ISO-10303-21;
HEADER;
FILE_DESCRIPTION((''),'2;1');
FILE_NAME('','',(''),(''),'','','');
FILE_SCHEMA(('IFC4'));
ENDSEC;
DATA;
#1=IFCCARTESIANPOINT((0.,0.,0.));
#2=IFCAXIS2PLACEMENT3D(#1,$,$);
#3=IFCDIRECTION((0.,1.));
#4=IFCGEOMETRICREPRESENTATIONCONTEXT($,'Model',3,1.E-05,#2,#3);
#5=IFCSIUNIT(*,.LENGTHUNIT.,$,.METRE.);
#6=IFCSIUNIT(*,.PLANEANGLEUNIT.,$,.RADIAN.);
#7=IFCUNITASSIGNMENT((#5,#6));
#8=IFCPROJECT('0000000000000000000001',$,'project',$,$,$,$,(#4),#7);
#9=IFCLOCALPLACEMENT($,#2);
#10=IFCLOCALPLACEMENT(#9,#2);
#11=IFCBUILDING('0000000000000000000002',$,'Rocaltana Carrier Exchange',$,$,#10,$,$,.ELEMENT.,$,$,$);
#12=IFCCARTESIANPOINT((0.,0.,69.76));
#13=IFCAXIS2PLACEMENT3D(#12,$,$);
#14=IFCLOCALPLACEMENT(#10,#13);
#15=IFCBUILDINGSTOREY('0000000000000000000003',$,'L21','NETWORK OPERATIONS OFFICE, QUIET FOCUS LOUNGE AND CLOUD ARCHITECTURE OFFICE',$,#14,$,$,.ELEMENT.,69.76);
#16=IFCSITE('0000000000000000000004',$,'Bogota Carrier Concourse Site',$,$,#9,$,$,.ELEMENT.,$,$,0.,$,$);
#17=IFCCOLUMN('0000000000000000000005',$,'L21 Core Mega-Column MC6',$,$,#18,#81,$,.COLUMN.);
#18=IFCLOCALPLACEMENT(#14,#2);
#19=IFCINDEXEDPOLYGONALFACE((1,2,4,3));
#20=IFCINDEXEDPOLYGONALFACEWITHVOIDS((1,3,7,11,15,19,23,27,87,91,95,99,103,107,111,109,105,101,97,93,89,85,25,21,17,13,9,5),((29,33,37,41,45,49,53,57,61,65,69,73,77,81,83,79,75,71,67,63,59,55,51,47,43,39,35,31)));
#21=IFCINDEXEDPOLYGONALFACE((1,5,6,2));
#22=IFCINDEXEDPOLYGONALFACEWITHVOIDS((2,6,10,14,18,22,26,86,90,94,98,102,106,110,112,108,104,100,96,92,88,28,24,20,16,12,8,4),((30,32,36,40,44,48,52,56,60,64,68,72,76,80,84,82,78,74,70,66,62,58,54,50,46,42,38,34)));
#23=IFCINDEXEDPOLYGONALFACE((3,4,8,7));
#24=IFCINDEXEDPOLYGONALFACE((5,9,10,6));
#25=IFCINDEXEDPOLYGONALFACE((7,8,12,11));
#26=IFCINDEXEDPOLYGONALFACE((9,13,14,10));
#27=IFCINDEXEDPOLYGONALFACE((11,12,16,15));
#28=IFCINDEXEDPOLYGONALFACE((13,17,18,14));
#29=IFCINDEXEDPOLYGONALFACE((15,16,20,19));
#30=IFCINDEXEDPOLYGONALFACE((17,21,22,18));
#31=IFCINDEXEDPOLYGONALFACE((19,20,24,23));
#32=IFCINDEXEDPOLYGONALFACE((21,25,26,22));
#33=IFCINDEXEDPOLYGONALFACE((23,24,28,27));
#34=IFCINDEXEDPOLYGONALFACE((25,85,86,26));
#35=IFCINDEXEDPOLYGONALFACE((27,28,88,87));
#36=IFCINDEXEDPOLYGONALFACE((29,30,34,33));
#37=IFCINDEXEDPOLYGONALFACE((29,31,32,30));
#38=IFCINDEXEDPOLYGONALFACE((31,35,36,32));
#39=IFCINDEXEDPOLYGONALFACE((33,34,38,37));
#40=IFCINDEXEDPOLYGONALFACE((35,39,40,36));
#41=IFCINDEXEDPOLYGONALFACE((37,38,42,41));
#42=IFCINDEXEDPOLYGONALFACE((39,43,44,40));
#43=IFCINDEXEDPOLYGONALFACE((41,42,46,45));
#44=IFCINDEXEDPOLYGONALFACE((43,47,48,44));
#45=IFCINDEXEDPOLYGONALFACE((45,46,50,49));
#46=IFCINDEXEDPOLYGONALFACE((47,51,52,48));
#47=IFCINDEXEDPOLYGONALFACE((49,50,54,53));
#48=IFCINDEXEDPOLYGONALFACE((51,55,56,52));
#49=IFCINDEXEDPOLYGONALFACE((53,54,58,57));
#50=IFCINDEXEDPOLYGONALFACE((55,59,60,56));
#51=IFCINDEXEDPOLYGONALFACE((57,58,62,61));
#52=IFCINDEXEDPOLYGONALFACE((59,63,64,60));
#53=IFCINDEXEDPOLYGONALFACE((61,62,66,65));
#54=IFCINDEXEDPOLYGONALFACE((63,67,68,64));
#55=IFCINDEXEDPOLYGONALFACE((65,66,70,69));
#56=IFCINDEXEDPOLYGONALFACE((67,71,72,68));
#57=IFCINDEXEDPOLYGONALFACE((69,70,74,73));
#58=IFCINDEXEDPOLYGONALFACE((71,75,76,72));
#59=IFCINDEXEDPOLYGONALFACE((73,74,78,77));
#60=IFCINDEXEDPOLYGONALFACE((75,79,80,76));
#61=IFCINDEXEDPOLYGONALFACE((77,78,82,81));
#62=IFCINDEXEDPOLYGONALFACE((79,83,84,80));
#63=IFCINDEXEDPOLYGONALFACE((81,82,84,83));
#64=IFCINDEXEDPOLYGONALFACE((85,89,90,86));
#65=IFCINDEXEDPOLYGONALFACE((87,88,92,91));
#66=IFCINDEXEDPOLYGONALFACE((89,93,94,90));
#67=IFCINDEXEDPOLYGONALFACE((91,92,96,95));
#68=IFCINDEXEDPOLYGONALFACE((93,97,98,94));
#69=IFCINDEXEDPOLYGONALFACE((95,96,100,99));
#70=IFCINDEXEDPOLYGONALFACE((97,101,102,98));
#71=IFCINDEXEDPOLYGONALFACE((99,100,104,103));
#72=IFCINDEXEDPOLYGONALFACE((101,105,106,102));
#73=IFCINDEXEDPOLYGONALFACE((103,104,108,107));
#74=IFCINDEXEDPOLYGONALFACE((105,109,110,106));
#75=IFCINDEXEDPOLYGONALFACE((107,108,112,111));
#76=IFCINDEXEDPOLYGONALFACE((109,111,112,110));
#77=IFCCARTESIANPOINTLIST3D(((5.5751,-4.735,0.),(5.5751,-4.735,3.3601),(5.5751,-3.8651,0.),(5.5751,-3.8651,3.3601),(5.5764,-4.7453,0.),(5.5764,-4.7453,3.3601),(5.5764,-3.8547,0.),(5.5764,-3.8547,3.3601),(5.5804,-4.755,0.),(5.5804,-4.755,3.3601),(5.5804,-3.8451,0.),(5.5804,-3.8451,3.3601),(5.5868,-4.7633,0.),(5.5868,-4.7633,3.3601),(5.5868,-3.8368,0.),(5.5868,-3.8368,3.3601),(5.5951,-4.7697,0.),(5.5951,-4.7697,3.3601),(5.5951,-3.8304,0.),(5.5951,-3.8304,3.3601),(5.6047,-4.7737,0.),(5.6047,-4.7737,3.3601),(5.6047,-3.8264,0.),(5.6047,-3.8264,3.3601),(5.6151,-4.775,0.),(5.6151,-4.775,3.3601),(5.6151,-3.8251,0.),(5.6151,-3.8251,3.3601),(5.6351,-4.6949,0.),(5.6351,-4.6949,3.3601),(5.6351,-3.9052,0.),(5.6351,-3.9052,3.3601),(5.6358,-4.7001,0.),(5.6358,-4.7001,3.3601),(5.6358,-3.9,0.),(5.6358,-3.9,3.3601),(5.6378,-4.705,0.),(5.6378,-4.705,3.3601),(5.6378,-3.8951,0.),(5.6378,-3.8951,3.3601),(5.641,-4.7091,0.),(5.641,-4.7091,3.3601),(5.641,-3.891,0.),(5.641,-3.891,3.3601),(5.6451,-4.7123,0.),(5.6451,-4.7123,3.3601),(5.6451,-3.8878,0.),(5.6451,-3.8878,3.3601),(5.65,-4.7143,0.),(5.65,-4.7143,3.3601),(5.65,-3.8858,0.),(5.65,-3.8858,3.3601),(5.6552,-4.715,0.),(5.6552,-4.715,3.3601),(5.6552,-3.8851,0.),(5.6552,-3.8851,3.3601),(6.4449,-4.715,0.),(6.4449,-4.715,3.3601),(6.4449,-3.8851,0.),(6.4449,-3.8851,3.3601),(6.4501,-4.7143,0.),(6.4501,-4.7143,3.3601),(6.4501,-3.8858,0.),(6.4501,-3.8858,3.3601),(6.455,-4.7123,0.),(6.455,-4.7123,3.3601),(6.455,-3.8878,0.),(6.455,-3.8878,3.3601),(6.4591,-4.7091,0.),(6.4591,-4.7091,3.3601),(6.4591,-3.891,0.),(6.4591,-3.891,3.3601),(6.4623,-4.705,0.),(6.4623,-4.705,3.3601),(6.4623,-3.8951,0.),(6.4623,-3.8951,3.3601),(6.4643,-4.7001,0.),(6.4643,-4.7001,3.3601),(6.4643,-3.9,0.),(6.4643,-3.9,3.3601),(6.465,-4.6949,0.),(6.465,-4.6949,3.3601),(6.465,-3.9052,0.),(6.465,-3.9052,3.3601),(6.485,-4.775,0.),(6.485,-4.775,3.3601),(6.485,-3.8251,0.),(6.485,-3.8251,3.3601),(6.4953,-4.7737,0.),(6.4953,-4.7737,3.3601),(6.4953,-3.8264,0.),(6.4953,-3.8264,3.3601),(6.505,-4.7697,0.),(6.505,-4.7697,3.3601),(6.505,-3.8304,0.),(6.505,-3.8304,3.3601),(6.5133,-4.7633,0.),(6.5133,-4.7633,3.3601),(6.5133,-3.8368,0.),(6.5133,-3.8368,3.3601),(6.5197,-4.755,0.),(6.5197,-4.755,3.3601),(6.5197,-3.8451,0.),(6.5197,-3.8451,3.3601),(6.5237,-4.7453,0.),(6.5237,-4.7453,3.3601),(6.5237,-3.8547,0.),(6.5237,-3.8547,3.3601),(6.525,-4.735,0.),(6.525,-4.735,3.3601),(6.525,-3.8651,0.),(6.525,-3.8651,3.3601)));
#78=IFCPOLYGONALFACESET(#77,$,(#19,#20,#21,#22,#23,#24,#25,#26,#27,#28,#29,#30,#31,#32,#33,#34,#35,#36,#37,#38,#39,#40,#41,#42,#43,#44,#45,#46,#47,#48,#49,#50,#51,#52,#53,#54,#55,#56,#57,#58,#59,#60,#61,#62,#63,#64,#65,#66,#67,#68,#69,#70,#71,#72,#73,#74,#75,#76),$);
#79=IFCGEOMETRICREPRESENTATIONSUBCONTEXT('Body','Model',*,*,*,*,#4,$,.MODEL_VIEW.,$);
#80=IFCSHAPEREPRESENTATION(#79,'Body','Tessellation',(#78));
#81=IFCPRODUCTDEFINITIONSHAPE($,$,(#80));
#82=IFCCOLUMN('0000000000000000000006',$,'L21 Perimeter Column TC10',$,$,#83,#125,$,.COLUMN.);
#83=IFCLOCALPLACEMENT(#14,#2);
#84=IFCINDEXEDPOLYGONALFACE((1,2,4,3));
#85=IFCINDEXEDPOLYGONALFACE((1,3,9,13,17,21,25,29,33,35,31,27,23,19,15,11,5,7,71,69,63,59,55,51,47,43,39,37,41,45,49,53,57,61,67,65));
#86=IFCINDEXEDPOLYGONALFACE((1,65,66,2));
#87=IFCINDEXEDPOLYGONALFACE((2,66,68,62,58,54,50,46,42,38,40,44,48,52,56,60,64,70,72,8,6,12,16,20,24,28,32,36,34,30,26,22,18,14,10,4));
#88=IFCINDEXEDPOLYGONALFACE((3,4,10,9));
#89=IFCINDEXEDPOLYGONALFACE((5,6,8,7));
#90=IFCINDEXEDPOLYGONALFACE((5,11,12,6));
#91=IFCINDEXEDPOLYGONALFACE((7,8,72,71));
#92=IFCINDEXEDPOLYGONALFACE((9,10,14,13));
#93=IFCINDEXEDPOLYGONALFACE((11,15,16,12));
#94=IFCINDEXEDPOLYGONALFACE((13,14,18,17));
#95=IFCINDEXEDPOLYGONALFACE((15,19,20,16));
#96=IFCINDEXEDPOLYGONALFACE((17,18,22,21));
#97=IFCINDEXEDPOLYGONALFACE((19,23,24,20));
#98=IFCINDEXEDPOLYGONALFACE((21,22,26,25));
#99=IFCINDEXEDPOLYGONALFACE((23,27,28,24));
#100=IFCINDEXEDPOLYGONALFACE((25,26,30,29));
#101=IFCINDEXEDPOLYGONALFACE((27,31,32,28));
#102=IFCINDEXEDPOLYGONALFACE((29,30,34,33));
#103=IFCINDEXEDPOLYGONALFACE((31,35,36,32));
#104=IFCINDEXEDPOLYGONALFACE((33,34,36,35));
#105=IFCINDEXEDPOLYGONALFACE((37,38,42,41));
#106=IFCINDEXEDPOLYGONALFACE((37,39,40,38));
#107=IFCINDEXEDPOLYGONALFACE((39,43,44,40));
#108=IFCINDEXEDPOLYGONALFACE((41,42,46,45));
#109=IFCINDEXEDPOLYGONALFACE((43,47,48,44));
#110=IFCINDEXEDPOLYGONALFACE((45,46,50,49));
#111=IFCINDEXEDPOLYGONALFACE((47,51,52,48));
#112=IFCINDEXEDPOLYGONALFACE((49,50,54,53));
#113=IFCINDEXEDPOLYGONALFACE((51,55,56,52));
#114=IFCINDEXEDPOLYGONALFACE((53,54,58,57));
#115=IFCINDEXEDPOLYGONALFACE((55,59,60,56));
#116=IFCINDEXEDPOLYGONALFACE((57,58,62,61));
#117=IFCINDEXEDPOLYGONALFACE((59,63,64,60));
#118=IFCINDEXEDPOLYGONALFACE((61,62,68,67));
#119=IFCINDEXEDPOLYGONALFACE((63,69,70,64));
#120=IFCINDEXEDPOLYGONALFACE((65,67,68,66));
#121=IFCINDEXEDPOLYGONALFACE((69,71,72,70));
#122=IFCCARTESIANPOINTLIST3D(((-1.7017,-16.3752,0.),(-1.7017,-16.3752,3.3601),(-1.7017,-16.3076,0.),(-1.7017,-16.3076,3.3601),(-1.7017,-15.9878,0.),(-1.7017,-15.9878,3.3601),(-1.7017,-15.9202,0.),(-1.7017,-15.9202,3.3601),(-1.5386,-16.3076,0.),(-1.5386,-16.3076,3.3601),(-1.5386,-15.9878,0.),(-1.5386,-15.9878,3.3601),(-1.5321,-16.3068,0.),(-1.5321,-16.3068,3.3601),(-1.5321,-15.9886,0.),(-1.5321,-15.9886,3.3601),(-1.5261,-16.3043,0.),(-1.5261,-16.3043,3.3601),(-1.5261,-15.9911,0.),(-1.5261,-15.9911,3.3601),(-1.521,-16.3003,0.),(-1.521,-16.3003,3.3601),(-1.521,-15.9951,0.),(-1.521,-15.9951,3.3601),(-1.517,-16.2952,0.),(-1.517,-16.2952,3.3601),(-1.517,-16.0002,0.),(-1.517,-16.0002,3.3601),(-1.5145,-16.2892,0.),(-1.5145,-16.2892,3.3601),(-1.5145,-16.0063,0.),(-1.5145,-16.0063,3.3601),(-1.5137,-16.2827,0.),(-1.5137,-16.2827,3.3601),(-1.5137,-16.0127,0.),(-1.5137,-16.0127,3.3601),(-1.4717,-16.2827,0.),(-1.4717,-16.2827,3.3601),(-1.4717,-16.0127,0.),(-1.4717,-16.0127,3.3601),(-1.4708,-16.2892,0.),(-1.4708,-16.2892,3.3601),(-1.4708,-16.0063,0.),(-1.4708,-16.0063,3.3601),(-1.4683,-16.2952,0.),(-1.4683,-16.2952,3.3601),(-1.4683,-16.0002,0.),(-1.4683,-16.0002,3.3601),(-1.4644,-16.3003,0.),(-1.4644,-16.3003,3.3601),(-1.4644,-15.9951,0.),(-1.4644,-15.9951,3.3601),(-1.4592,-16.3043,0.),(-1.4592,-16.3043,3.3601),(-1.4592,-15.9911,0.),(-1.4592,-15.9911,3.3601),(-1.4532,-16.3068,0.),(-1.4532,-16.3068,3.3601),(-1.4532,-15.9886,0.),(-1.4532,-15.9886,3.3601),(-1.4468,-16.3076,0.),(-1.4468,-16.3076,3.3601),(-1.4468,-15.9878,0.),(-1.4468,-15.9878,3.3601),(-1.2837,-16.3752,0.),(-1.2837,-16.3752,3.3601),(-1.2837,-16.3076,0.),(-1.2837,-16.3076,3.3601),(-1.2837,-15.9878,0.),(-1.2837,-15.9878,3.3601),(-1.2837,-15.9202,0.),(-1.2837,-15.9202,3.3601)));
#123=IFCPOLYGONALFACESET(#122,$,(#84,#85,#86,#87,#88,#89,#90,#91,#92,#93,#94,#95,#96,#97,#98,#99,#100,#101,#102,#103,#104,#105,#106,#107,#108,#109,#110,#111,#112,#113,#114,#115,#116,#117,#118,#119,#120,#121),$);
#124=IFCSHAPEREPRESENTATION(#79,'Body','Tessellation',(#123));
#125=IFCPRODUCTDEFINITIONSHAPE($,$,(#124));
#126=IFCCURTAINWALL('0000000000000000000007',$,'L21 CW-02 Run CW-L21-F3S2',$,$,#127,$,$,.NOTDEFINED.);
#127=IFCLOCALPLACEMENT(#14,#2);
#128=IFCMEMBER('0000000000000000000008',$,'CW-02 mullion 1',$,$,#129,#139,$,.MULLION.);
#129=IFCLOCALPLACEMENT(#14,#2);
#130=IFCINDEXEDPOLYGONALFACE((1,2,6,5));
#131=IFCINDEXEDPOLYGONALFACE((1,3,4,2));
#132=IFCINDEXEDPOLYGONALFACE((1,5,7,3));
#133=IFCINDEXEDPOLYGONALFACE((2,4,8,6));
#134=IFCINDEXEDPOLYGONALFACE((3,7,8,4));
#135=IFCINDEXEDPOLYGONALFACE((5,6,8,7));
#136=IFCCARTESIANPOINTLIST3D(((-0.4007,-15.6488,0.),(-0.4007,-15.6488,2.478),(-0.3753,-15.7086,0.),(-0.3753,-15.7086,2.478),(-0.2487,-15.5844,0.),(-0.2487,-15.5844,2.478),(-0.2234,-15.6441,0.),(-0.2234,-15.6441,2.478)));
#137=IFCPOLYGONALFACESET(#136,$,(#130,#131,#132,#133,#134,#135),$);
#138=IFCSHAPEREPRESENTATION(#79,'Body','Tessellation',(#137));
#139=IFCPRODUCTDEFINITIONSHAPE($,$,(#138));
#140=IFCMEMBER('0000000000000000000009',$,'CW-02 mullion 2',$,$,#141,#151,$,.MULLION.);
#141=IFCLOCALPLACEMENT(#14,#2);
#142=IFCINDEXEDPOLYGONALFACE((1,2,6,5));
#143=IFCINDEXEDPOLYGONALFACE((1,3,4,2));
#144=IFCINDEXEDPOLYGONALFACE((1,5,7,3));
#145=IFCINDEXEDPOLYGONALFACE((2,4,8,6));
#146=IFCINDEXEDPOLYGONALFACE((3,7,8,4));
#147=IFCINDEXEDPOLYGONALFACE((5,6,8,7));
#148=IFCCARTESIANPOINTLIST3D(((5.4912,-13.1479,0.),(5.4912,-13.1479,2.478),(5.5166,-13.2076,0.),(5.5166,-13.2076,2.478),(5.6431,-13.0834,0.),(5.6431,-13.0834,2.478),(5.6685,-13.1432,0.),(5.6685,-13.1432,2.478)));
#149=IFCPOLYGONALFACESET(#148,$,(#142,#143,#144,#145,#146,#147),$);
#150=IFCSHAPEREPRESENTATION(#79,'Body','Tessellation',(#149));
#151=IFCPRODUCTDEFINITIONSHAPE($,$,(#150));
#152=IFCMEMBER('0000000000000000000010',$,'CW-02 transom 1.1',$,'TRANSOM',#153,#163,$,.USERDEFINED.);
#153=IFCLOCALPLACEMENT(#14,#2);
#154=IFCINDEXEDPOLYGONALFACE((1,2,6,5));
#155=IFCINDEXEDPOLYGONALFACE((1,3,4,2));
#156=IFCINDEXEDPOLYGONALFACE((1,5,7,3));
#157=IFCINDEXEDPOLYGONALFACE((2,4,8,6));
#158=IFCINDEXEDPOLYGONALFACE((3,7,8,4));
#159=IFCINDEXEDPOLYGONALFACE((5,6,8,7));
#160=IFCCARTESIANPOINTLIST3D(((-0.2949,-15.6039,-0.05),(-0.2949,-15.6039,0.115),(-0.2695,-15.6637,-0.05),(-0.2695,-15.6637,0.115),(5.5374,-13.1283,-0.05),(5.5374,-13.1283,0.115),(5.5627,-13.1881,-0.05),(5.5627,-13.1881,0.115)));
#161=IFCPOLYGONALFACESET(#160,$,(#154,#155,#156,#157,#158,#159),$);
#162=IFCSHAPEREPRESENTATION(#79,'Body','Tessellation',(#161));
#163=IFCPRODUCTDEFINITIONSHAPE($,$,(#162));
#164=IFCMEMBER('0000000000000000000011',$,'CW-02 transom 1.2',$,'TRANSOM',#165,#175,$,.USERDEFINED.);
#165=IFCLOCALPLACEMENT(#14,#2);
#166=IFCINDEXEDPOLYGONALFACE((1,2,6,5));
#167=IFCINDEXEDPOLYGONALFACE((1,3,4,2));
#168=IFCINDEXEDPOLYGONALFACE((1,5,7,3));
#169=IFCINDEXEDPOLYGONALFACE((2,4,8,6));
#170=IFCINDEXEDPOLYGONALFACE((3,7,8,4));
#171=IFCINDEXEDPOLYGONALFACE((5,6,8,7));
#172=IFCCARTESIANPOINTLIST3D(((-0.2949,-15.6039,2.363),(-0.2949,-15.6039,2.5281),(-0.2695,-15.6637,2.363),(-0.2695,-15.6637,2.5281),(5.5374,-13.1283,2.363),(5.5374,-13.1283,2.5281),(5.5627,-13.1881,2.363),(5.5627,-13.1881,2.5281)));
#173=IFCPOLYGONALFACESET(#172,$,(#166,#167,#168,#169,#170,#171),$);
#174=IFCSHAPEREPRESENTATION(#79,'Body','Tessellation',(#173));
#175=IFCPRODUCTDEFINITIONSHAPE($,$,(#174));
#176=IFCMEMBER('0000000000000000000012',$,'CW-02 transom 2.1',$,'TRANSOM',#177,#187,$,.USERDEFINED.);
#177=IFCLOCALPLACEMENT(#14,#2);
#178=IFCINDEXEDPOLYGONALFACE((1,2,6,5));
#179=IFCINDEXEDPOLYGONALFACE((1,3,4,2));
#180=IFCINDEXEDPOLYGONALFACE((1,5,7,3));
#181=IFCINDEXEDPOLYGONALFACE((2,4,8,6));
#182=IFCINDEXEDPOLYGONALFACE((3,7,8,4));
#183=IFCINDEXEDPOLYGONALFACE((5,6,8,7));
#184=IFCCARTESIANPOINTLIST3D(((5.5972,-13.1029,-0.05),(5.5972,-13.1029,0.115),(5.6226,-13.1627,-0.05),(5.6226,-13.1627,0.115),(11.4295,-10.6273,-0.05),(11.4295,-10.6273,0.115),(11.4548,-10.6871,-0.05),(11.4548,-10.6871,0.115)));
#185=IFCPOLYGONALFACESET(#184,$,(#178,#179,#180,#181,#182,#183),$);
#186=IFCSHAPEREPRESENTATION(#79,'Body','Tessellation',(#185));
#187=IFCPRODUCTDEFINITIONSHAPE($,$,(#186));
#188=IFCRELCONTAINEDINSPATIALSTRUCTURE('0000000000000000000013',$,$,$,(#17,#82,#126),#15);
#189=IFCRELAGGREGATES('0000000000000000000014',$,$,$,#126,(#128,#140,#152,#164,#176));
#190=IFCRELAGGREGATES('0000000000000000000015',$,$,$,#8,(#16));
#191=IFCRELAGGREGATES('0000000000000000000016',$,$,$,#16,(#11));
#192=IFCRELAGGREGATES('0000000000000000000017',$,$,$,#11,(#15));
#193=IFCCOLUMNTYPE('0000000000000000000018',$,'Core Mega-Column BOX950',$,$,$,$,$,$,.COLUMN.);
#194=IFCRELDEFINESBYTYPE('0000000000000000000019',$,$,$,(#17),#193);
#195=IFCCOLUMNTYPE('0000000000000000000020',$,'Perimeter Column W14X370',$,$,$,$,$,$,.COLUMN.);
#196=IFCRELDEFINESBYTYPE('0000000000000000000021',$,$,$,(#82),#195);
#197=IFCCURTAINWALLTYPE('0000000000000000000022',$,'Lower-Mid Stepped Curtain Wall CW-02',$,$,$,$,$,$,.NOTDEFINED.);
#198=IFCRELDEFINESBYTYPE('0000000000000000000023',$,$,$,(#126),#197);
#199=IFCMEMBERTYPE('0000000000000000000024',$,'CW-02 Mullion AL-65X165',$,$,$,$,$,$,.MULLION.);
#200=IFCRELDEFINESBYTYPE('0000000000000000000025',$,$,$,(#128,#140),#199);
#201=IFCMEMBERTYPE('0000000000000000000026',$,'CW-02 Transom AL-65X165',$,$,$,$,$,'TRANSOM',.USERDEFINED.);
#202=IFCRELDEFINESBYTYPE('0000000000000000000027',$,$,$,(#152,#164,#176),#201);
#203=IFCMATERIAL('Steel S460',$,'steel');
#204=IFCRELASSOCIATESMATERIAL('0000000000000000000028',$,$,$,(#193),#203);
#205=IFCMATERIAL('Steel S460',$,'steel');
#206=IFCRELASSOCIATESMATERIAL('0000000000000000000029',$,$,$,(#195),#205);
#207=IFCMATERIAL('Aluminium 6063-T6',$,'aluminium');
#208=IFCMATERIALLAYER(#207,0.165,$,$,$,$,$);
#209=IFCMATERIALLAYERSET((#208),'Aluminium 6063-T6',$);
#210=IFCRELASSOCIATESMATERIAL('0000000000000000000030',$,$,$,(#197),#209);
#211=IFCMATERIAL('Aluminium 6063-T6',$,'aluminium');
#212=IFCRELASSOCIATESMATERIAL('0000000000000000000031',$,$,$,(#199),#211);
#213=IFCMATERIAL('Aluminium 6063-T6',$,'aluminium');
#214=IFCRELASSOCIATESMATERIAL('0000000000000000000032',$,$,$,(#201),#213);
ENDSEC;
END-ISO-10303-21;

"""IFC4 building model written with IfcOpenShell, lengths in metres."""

from ifc_helpers import new_model, si_unit, direction, frame, origin, origin_2d, place, context, subcontext, project, spatial, rectangle, hollow_rectangle, i_section, extrude, material, layer, layer_set, material_profile, profile_set, type_object, element, aggregate, save


model = new_model("IFC4")

# Units and contexts
model_context = context("Model", 3, precision=1e-05, world=origin(), true_north=direction((0.0, 1.0)))
body_context = subcontext(model_context, "Body", "Model", "MODEL_VIEW")
ifc_project = project(units=[si_unit("LENGTHUNIT", "METRE"), si_unit("PLANEANGLEUNIT", "RADIAN")], contexts=[model_context])

# Site, building, storey
site_placement = place(None, origin())
site = spatial("IfcSite", under=ifc_project, at=site_placement, Name="Bogota Carrier Concourse Site", CompositionType="ELEMENT", RefElevation=0.0)
building_placement = place(site_placement, origin())
building = spatial("IfcBuilding", under=site, at=building_placement, Name="Rocaltana Carrier Exchange", CompositionType="ELEMENT")
storey_placement = place(building_placement, frame((0.0, 0.0, 69.76)))
storey = spatial("IfcBuildingStorey", under=building, at=storey_placement, Name="L21", Description="NETWORK OPERATIONS OFFICE, QUIET FOCUS LOUNGE AND CLOUD ARCHITECTURE OFFICE", CompositionType="ELEMENT", Elevation=69.76)

# Columns
ifc_material_1 = material(Name="Steel S460", Category="steel")
ifc_material_profile_1 = material_profile(ifc_material_1, hollow_rectangle(XDim=0.95, YDim=0.95, WallThickness=0.0601, InnerFilletRadius=0.02, OuterFilletRadius=0.04, at=origin_2d()), Name="BOX950X950X60")
ifc_profile_set_1 = profile_set([ifc_material_profile_1], Name="Steel S460")
column_type_1 = type_object("IfcColumnType", Name="Core Mega-Column BOX950", PredefinedType="COLUMN", material=ifc_profile_set_1)
column_1_placement = place(storey_placement, frame((6.05, -4.3, 0.0), z_axis=(0.0, 0.0, 1.0), x_axis=(1.0, 0.0, 0.0)))
element("IfcColumn", 1, at=column_1_placement, inside=storey, type_object=column_type_1, Name="L21 Core Mega-Column MC6", PredefinedType="COLUMN", context=body_context, shape_type="SweptSolid", body=[
    extrude(hollow_rectangle(XDim=0.95, YDim=0.95, WallThickness=0.0601, InnerFilletRadius=0.02, OuterFilletRadius=0.04, at=origin_2d()), origin(), (0.0, 0.0, 1.0), 3.3601),
])
ifc_material_2 = material(Name="Steel S460", Category="steel")
ifc_material_profile_2 = material_profile(ifc_material_2, i_section(OverallWidth=0.418, OverallDepth=0.4551, WebThickness=0.042, FlangeThickness=0.0676, FilletRadius=0.0249, at=origin_2d()), Name="W14X370")
ifc_profile_set_2 = profile_set([ifc_material_profile_2], Name="Steel S460")
column_type_2 = type_object("IfcColumnType", Name="Perimeter Column W14X370", PredefinedType="COLUMN", material=ifc_profile_set_2)
column_2_placement = place(storey_placement, frame((-1.4927, -16.1477, 0.0), z_axis=(0.0, 0.0, 1.0), x_axis=(1.0, 0.0, 0.0)))
element("IfcColumn", 2, at=column_2_placement, inside=storey, type_object=column_type_2, Name="L21 Perimeter Column TC10", PredefinedType="COLUMN", context=body_context, shape_type="SweptSolid", body=[
    extrude(i_section(OverallWidth=0.418, OverallDepth=0.4551, WebThickness=0.042, FlangeThickness=0.0676, FilletRadius=0.0249, at=origin_2d()), origin(), (0.0, 0.0, 1.0), 3.3601),
])

# Curtain wall, members
ifc_material_3 = material(Name="Aluminium 6063-T6", Category="aluminium")
ifc_layer_1 = layer(ifc_material_3, 0.165)
ifc_layer_set_1 = layer_set([ifc_layer_1], Name="Aluminium 6063-T6")
curtain_wall_type = type_object("IfcCurtainWallType", Name="Lower-Mid Stepped Curtain Wall CW-02", PredefinedType="NOTDEFINED", material=ifc_layer_set_1)
curtain_wall_placement = place(storey_placement, origin())
curtain_wall = element("IfcCurtainWall", 3, at=curtain_wall_placement, inside=storey, type_object=curtain_wall_type, Name="L21 CW-02 Run CW-L21-F3S2", PredefinedType="NOTDEFINED")
ifc_material_4 = material(Name="Aluminium 6063-T6", Category="aluminium")
ifc_material_profile_3 = material_profile(ifc_material_4, rectangle(XDim=0.0649, YDim=0.165, at=origin_2d()), Name="AL-65X165")
ifc_profile_set_3 = profile_set([ifc_material_profile_3], Name="Aluminium 6063-T6")
member_type_1 = type_object("IfcMemberType", Name="CW-02 Mullion AL-65X165", PredefinedType="MULLION", material=ifc_profile_set_3)
member_1_placement = place(storey_placement, frame((-0.312, -15.6465, 0.0), z_axis=(0.0, 0.0, 1.0), x_axis=(-0.390729, 0.920506, 0.0)))
member_1 = element("IfcMember", 4, at=member_1_placement, type_object=member_type_1, Name="CW-02 mullion 1", PredefinedType="MULLION", context=body_context, shape_type="SweptSolid", body=[
    extrude(rectangle(XDim=0.0649, YDim=0.165, at=origin_2d()), origin(), (0.0, 0.0, 1.0), 2.478),
])
member_2_placement = place(storey_placement, frame((5.5798, -13.1455, 0.0), z_axis=(0.0, 0.0, 1.0), x_axis=(-0.390729, 0.920506, 0.0)))
member_2 = element("IfcMember", 5, at=member_2_placement, type_object=member_type_1, Name="CW-02 mullion 2", PredefinedType="MULLION", context=body_context, shape_type="SweptSolid", body=[
    extrude(rectangle(XDim=0.0649, YDim=0.165, at=origin_2d()), origin(), (0.0, 0.0, 1.0), 2.478),
])
ifc_material_5 = material(Name="Aluminium 6063-T6", Category="aluminium")
ifc_material_profile_4 = material_profile(ifc_material_5, rectangle(XDim=0.0649, YDim=0.165, at=origin_2d()), Name="AL-65X165")
ifc_profile_set_4 = profile_set([ifc_material_profile_4], Name="Aluminium 6063-T6")
member_type_2 = type_object("IfcMemberType", Name="CW-02 Transom AL-65X165", ElementType="TRANSOM", PredefinedType="USERDEFINED", material=ifc_profile_set_4)
member_3_placement = place(storey_placement, frame((-0.2822, -15.6338, 0.0325), z_axis=(0.920509, 0.390722, 0.0), x_axis=(-0.390722, 0.920509, 0.0)))
member_3 = element("IfcMember", 6, at=member_3_placement, type_object=member_type_2, Name="CW-02 transom 1.1", ObjectType="TRANSOM", PredefinedType="USERDEFINED", context=body_context, shape_type="SweptSolid", body=[
    extrude(rectangle(XDim=0.0649, YDim=0.165, at=origin_2d()), origin(), (0.0, 0.0, 1.0), 6.3359),
])
member_4_placement = place(storey_placement, frame((-0.2822, -15.6338, 2.4456), z_axis=(0.920509, 0.390722, 0.0), x_axis=(-0.390722, 0.920509, 0.0)))
member_4 = element("IfcMember", 7, at=member_4_placement, type_object=member_type_2, Name="CW-02 transom 1.2", ObjectType="TRANSOM", PredefinedType="USERDEFINED", context=body_context, shape_type="SweptSolid", body=[
    extrude(rectangle(XDim=0.0649, YDim=0.165, at=origin_2d()), origin(), (0.0, 0.0, 1.0), 6.3359),
])
member_5_placement = place(storey_placement, frame((5.6099, -13.1328, 0.0325), z_axis=(0.920509, 0.390722, 0.0), x_axis=(-0.390722, 0.920509, 0.0)))
member_5 = element("IfcMember", 8, at=member_5_placement, type_object=member_type_2, Name="CW-02 transom 2.1", ObjectType="TRANSOM", PredefinedType="USERDEFINED", context=body_context, shape_type="SweptSolid", body=[
    extrude(rectangle(XDim=0.0649, YDim=0.165, at=origin_2d()), origin(), (0.0, 0.0, 1.0), 6.3359),
])

aggregate(curtain_wall, [member_1, member_2, member_3, member_4, member_5])

save(model, "model.ifc")
